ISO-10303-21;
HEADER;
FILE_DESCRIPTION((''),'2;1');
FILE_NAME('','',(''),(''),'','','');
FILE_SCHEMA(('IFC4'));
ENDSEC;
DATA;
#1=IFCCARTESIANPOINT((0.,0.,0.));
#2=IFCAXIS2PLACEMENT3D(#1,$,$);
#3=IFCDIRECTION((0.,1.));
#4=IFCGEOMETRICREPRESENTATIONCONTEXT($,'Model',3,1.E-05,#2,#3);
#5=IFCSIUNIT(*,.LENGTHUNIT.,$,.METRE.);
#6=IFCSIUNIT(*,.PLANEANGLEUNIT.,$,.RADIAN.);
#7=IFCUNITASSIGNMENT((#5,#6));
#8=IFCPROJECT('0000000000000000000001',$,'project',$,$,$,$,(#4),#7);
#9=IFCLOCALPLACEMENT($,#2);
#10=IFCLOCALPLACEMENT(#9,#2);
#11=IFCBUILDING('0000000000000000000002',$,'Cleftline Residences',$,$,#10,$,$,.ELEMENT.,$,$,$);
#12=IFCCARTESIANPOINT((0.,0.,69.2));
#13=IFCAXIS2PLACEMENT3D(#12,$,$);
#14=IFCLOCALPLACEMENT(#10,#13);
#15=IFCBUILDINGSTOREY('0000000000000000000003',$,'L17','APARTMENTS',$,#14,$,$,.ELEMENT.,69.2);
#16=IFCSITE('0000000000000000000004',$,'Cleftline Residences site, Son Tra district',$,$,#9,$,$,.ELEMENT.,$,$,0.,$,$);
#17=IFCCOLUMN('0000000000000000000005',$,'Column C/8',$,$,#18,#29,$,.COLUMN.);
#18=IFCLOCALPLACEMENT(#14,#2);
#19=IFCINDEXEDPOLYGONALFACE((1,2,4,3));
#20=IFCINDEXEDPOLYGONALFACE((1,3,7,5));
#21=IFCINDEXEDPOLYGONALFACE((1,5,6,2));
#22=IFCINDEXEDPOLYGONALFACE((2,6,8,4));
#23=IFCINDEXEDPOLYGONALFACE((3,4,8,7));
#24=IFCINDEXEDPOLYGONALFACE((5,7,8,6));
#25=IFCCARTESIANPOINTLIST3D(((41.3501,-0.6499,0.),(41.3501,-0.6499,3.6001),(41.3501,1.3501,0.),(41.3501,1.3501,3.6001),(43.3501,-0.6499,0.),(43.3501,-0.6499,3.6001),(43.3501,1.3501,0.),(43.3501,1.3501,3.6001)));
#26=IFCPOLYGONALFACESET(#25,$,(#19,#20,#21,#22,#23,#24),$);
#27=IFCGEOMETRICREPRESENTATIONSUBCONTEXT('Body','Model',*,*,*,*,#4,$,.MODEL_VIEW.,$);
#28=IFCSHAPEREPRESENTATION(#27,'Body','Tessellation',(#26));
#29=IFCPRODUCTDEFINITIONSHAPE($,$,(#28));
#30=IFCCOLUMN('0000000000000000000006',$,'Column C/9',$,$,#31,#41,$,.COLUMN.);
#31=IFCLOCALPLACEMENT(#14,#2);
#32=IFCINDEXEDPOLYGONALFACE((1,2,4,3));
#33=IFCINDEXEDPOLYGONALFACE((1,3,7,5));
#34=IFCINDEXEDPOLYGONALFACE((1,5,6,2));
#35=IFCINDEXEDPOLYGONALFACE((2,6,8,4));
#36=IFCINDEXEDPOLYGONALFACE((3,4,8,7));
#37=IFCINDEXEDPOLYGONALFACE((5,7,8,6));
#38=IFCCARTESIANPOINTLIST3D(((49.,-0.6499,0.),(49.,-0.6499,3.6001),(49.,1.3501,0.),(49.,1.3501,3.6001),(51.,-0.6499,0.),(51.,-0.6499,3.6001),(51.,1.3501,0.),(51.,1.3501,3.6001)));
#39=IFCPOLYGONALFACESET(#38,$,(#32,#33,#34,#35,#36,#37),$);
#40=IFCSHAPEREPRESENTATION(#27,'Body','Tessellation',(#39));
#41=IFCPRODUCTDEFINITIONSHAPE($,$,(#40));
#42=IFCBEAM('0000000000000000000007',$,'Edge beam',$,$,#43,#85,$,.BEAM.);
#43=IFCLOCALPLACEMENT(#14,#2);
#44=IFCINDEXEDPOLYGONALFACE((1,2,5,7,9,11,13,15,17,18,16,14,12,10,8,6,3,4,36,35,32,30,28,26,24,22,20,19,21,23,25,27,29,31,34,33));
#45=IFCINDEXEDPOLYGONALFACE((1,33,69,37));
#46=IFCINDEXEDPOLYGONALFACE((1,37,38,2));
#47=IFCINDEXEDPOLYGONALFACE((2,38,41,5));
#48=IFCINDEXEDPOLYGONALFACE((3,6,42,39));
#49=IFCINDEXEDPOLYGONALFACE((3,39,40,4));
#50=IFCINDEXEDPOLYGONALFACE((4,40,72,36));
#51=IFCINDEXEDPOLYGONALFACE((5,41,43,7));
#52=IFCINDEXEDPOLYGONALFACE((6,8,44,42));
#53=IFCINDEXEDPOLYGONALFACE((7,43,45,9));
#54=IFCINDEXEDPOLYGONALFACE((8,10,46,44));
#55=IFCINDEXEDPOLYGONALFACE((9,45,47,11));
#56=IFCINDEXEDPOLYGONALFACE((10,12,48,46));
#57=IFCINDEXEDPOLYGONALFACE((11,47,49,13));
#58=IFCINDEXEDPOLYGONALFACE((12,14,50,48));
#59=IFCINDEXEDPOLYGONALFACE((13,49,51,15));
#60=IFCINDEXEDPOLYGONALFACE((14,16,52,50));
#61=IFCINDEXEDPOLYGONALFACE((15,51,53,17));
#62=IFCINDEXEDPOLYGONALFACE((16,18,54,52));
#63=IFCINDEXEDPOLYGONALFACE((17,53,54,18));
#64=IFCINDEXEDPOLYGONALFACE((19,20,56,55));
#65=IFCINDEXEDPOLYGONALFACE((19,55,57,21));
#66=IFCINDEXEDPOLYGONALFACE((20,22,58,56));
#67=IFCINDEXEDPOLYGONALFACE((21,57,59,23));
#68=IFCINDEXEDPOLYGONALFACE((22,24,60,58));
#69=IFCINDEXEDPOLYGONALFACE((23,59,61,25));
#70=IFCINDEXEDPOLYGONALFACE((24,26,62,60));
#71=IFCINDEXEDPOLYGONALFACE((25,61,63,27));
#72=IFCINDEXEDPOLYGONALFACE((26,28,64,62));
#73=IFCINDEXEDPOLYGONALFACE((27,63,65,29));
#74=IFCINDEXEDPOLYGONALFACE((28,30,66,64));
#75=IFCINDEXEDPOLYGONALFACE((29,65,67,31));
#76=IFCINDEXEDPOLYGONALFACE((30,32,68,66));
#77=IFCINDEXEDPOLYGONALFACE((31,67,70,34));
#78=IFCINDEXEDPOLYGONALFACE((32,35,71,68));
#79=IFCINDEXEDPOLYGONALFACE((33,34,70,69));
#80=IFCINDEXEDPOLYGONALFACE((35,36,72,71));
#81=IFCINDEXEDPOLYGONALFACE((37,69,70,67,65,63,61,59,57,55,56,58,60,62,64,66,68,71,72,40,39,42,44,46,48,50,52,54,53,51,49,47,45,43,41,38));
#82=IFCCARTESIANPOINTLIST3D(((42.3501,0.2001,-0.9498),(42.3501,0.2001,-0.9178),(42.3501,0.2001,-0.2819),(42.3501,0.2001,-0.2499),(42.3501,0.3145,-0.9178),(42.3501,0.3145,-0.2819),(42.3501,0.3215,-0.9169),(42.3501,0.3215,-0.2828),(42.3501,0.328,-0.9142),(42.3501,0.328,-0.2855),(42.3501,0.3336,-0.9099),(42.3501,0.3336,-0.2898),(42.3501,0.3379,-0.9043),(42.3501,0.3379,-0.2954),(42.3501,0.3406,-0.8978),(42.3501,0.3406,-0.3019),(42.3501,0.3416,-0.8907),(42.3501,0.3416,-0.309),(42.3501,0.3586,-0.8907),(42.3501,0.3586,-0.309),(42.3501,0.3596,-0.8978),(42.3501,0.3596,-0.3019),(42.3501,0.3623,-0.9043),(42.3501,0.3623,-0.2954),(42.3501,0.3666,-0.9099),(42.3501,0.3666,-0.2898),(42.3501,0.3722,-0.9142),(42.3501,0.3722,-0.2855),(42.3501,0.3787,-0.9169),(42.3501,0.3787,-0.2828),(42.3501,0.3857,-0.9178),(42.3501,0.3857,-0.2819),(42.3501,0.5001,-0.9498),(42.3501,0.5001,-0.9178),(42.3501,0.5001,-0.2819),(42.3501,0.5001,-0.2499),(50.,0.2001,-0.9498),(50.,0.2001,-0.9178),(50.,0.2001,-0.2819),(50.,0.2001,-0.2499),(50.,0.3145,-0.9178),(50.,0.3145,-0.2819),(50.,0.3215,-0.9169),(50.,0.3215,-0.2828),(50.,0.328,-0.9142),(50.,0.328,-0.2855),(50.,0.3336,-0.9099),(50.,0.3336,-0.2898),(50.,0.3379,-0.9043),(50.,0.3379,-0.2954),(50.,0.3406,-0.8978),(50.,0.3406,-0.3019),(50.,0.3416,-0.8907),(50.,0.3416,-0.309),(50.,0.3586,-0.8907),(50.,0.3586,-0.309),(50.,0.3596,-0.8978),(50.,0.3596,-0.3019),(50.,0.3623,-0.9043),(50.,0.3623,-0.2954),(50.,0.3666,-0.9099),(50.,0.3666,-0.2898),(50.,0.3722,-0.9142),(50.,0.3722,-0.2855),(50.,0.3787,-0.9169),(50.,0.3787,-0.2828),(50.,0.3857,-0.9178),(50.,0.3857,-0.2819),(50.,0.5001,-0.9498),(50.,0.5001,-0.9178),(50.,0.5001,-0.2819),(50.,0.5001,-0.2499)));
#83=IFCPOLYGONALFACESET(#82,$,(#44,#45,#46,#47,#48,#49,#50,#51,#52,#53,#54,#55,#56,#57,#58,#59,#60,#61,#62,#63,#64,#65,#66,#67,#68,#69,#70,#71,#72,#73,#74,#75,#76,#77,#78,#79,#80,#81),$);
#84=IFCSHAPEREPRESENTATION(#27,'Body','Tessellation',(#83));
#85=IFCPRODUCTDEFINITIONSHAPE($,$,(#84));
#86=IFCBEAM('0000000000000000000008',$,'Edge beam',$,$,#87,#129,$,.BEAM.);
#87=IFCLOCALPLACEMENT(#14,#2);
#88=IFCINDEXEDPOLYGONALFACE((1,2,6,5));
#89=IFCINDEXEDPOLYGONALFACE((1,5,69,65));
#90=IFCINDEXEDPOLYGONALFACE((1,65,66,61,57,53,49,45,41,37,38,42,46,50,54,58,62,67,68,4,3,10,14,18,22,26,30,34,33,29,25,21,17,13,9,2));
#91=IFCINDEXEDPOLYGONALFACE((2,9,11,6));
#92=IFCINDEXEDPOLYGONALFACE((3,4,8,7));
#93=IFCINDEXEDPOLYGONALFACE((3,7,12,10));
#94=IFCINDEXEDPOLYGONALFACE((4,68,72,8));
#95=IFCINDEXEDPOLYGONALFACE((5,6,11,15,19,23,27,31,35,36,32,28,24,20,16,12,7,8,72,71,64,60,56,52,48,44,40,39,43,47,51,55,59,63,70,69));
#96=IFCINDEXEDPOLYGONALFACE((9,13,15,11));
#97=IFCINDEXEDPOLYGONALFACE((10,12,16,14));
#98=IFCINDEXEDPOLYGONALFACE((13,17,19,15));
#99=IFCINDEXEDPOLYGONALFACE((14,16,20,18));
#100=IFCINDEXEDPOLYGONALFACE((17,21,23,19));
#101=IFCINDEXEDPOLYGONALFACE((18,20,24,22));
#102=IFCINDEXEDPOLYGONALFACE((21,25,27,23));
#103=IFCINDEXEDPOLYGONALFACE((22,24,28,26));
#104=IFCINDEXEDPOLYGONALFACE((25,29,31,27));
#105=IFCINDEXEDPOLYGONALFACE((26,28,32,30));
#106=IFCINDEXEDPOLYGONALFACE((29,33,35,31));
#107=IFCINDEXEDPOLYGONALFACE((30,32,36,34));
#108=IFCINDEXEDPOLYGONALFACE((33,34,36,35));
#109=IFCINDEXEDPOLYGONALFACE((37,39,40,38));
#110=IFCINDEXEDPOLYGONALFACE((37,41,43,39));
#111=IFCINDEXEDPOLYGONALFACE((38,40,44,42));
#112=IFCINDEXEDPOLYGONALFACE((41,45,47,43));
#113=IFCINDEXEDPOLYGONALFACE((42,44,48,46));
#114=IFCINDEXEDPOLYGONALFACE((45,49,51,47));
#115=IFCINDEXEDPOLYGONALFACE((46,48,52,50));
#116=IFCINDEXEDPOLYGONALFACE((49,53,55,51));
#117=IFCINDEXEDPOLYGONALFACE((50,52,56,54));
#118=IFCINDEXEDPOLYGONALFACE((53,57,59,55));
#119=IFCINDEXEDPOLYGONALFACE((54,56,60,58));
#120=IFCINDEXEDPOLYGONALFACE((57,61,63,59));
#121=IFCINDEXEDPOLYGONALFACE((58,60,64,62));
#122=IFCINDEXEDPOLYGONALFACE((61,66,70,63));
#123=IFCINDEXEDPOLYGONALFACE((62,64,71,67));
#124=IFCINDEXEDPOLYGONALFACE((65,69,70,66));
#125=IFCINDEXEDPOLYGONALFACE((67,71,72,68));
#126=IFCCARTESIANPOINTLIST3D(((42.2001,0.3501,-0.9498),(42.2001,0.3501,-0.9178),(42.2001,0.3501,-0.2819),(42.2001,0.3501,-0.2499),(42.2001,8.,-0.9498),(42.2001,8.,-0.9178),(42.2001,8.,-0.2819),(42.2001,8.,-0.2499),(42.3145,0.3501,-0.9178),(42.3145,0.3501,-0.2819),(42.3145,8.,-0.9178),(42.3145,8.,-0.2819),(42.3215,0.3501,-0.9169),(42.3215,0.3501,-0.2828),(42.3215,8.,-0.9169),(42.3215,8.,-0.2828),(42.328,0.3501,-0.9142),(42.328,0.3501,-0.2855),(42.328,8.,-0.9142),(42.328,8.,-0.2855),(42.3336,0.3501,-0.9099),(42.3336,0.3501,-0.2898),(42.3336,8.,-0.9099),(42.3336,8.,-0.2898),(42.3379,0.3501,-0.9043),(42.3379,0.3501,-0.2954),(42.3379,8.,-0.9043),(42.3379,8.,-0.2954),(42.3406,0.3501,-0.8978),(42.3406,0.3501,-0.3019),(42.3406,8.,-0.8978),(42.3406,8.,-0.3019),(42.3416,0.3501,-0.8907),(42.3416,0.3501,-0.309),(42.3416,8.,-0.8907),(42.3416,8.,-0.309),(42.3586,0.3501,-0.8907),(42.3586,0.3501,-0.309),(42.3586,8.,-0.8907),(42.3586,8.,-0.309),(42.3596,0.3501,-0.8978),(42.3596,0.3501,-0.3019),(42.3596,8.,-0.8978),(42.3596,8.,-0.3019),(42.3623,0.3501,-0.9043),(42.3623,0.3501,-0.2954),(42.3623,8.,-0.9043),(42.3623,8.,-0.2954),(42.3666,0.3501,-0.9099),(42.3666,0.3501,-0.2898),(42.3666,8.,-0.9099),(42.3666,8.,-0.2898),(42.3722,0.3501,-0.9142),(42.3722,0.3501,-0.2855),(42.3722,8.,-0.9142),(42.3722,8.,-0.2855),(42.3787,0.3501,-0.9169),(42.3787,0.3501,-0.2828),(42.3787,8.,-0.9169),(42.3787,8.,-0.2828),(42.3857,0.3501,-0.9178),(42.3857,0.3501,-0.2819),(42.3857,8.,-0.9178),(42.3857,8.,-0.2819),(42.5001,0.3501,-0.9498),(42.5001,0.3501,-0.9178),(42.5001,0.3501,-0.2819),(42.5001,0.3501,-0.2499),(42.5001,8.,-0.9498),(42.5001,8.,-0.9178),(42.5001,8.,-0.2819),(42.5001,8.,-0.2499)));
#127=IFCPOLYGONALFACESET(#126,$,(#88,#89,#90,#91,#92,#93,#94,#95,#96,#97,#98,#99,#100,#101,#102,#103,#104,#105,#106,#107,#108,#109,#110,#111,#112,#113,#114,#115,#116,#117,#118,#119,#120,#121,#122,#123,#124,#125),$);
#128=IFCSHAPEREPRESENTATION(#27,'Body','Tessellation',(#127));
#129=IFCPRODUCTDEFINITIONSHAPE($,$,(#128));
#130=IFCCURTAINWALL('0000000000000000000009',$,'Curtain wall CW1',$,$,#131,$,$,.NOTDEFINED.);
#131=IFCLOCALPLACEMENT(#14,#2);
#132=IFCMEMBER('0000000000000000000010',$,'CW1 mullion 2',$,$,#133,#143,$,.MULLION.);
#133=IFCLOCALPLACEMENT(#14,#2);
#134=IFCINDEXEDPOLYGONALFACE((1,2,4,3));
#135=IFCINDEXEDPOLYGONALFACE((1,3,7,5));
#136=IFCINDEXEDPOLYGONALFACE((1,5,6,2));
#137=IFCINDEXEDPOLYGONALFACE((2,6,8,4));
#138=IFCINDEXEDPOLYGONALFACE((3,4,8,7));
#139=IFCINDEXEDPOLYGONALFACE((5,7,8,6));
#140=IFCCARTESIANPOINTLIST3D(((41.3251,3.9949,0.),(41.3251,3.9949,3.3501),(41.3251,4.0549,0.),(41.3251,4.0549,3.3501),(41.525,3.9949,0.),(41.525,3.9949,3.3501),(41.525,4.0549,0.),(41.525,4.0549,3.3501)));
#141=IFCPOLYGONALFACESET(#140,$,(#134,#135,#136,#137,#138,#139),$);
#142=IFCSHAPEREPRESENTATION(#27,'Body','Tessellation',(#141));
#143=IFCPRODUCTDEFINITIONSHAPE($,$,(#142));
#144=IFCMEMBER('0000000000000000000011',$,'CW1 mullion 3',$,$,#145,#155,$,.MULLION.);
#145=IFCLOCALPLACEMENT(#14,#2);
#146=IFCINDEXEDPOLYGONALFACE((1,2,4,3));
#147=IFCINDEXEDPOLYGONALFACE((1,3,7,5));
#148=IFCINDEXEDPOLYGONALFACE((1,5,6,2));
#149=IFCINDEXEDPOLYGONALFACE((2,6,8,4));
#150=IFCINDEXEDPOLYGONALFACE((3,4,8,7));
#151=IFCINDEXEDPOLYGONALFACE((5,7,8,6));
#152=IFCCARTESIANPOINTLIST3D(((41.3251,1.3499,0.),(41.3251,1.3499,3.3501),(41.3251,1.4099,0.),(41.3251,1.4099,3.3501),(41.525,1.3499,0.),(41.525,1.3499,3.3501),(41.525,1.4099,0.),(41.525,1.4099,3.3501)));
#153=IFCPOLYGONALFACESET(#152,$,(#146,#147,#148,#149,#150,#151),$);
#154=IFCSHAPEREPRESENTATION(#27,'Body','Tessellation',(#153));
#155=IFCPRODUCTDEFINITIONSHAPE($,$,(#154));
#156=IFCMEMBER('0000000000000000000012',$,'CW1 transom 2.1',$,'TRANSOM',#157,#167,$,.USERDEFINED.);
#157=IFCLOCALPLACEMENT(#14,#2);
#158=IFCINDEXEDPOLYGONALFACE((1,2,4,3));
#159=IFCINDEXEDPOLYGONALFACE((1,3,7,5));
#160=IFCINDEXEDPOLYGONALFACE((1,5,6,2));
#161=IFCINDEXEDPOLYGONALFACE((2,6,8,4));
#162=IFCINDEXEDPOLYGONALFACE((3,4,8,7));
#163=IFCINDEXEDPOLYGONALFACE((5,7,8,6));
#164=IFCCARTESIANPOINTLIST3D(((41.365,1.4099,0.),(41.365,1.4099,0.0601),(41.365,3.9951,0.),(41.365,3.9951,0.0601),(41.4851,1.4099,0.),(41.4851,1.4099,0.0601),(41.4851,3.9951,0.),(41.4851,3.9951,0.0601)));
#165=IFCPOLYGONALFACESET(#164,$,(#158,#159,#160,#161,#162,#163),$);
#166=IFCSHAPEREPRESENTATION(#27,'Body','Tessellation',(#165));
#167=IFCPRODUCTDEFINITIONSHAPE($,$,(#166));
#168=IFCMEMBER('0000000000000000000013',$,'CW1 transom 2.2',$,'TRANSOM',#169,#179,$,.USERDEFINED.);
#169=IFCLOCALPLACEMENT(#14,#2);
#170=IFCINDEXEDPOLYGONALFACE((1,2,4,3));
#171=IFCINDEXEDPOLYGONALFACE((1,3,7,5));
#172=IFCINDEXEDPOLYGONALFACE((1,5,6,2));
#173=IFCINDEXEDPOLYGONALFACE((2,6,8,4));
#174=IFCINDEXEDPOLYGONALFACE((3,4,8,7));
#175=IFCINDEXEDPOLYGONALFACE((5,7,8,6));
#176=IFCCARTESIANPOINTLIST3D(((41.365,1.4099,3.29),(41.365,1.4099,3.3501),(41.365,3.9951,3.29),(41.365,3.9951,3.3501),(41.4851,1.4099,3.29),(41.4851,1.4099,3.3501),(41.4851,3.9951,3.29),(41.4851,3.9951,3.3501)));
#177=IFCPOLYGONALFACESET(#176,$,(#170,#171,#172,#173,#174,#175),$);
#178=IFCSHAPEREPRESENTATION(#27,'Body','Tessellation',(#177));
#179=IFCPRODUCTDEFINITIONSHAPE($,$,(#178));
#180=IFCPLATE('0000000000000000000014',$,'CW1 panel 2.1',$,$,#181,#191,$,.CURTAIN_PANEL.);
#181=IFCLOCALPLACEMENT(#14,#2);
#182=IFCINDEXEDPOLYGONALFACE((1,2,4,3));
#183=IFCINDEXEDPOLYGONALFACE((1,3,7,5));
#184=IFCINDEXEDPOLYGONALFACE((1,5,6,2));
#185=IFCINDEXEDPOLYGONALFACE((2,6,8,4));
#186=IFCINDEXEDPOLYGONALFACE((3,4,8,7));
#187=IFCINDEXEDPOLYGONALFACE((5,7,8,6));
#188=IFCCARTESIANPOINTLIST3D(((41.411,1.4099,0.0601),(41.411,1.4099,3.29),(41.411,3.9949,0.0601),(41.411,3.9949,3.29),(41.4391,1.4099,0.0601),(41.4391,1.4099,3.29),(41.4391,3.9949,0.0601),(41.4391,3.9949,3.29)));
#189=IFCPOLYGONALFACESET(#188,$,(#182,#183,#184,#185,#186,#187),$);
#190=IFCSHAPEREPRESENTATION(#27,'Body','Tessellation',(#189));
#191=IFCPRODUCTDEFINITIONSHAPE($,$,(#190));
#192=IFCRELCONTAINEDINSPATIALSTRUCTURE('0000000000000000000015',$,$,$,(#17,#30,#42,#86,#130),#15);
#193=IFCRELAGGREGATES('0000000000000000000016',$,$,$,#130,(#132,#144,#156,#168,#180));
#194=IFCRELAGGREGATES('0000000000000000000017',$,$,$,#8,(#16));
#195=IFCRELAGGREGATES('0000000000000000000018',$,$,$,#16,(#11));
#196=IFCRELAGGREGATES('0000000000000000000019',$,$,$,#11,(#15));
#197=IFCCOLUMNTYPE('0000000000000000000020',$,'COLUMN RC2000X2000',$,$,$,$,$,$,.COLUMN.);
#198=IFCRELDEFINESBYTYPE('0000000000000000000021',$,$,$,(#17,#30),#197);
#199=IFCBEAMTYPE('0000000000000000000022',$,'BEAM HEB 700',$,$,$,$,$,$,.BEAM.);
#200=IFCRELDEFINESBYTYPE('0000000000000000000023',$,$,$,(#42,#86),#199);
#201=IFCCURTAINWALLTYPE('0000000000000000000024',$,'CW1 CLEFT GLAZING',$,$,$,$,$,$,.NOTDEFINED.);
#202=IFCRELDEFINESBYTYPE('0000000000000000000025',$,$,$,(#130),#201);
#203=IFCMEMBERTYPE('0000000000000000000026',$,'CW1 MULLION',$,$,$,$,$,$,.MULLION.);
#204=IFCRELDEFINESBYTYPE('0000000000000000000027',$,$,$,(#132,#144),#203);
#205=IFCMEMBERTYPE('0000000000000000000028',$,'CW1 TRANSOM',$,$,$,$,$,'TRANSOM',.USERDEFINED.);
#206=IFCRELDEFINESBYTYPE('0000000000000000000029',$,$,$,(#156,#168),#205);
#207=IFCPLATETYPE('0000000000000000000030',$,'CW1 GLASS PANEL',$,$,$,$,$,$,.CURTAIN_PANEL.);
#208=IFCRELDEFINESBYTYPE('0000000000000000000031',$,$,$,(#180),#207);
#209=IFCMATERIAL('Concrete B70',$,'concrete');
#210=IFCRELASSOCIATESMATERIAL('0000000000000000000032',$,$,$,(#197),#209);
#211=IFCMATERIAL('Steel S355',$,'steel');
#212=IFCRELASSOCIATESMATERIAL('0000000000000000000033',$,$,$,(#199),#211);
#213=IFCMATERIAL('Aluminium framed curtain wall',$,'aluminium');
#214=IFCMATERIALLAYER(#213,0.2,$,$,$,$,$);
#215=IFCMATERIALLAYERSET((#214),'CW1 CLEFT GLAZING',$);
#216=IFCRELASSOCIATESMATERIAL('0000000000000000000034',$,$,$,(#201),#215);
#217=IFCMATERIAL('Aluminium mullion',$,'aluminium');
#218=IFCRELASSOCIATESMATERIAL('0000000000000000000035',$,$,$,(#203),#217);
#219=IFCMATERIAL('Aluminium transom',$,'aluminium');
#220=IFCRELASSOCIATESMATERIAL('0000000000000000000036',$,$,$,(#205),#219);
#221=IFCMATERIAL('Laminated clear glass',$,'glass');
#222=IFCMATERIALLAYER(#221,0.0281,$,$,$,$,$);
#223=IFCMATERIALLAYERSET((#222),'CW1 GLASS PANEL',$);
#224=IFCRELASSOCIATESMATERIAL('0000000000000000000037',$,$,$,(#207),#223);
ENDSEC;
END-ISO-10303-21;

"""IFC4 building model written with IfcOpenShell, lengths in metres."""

from ifc_helpers import new_model, si_unit, direction, frame, origin, origin_2d, place, context, subcontext, project, spatial, rectangle, i_section, extrude, material, layer, layer_set, material_profile, profile_set, type_object, element, aggregate, save


model = new_model("IFC4")

# Units and contexts
model_context = context("Model", 3, precision=1e-05, world=origin(), true_north=direction((0.0, 1.0)))
body_context = subcontext(model_context, "Body", "Model", "MODEL_VIEW")
ifc_project = project(units=[si_unit("LENGTHUNIT", "METRE"), si_unit("PLANEANGLEUNIT", "RADIAN")], contexts=[model_context])

# Site, building, storey
site_placement = place(None, origin())
site = spatial("IfcSite", under=ifc_project, at=site_placement, Name="Cleftline Residences site, Son Tra district", CompositionType="ELEMENT", RefElevation=0.0)
building_placement = place(site_placement, origin())
building = spatial("IfcBuilding", under=site, at=building_placement, Name="Cleftline Residences", CompositionType="ELEMENT")
storey_placement = place(building_placement, frame((0.0, 0.0, 69.2)))
storey = spatial("IfcBuildingStorey", under=building, at=storey_placement, Name="L17", Description="APARTMENTS", CompositionType="ELEMENT", Elevation=69.2)

# Columns
ifc_material_1 = material(Name="Concrete B70", Category="concrete")
ifc_material_profile_1 = material_profile(ifc_material_1, rectangle(XDim=2.0, YDim=2.0, at=origin_2d()))
ifc_profile_set_1 = profile_set([ifc_material_profile_1], Name="Concrete B70")
column_type = type_object("IfcColumnType", Name="COLUMN RC2000X2000", PredefinedType="COLUMN", material=ifc_profile_set_1)
for number, where, z_axis, x_axis, name in (
    (1, (42.3501, 0.3501, 0.0), (0.0, 0.0, 1.0), (1.0, 0.0, 0.0), "Column C/8"),
    (2, (50.0, 0.3501, 0.0), (0.0, 0.0, 1.0), (1.0, 0.0, 0.0), "Column C/9"),
):
    element("IfcColumn", number, at=place(storey_placement, frame(where, z_axis=z_axis, x_axis=x_axis)), inside=storey, type_object=column_type, Name=name, PredefinedType="COLUMN", context=body_context, shape_type="SweptSolid", body=[
        extrude(rectangle(XDim=2.0, YDim=2.0, at=origin_2d()), origin(), (0.0, 0.0, 1.0), 3.6001),
    ])

# Beams
ifc_material_2 = material(Name="Steel S355", Category="steel")
ifc_material_profile_2 = material_profile(ifc_material_2, i_section(OverallWidth=0.3, OverallDepth=0.7, WebThickness=0.0171, FlangeThickness=0.032, FilletRadius=0.0271, at=origin_2d()))
ifc_profile_set_2 = profile_set([ifc_material_profile_2], Name="Steel S355")
beam_type = type_object("IfcBeamType", Name="BEAM HEB 700", PredefinedType="BEAM", material=ifc_profile_set_2)
for number, where, z_axis, x_axis, name in (
    (3, (50.0, 0.3501, -0.5999), (-1.0, 0.0, 0.0), (0.0, -1.0, 0.0), "Edge beam"),
    (4, (42.3501, 0.3501, -0.5999), (0.0, 1.0, 0.0), (-1.0, 0.0, 0.0), "Edge beam"),
):
    element("IfcBeam", number, at=place(storey_placement, frame(where, z_axis=z_axis, x_axis=x_axis)), inside=storey, type_object=beam_type, Name=name, PredefinedType="BEAM", context=body_context, shape_type="SweptSolid", body=[
        extrude(i_section(OverallWidth=0.3, OverallDepth=0.7, WebThickness=0.0171, FlangeThickness=0.032, FilletRadius=0.0271, at=origin_2d()), origin(), (0.0, 0.0, 1.0), 7.6499),
    ])

# Curtain wall, members, plate
ifc_material_3 = material(Name="Aluminium framed curtain wall", Category="aluminium")
ifc_layer_1 = layer(ifc_material_3, 0.2)
ifc_layer_set_1 = layer_set([ifc_layer_1], Name="CW1 CLEFT GLAZING")
curtain_wall_type = type_object("IfcCurtainWallType", Name="CW1 CLEFT GLAZING", PredefinedType="NOTDEFINED", material=ifc_layer_set_1)
curtain_wall_placement = place(storey_placement, origin())
curtain_wall = element("IfcCurtainWall", 5, at=curtain_wall_placement, inside=storey, type_object=curtain_wall_type, Name="Curtain wall CW1", PredefinedType="NOTDEFINED")
ifc_material_4 = material(Name="Aluminium mullion", Category="aluminium")
ifc_material_profile_3 = material_profile(ifc_material_4, rectangle(XDim=0.2, YDim=0.0601, at=origin_2d()))
ifc_profile_set_3 = profile_set([ifc_material_profile_3], Name="Aluminium mullion")
member_type_1 = type_object("IfcMemberType", Name="CW1 MULLION", PredefinedType="MULLION", material=ifc_profile_set_3)
member_1_placement = place(storey_placement, frame((41.425, 4.0249, 0.0), z_axis=(0.0, 0.0, 1.0), x_axis=(1.0, 0.0, 0.0)))
member_1 = element("IfcMember", 6, at=member_1_placement, type_object=member_type_1, Name="CW1 mullion 2", PredefinedType="MULLION", context=body_context, shape_type="SweptSolid", body=[
    extrude(rectangle(XDim=0.2, YDim=0.0601, at=origin_2d()), origin(), (0.0, 0.0, 1.0), 3.3501),
])
member_2_placement = place(storey_placement, frame((41.425, 1.3799, 0.0), z_axis=(0.0, 0.0, 1.0), x_axis=(1.0, 0.0, 0.0)))
member_2 = element("IfcMember", 7, at=member_2_placement, type_object=member_type_1, Name="CW1 mullion 3", PredefinedType="MULLION", context=body_context, shape_type="SweptSolid", body=[
    extrude(rectangle(XDim=0.2, YDim=0.0601, at=origin_2d()), origin(), (0.0, 0.0, 1.0), 3.3501),
])
ifc_material_5 = material(Name="Aluminium transom", Category="aluminium")
ifc_material_profile_4 = material_profile(ifc_material_5, rectangle(XDim=0.1201, YDim=0.0601, at=origin_2d()))
ifc_profile_set_4 = profile_set([ifc_material_profile_4], Name="Aluminium transom")
member_type_2 = type_object("IfcMemberType", Name="CW1 TRANSOM", ElementType="TRANSOM", PredefinedType="USERDEFINED", material=ifc_profile_set_4)
member_3_placement = place(storey_placement, frame((41.425, 3.9951, 0.03), z_axis=(0.0, -1.0, 0.0), x_axis=(1.0, 0.0, 0.0)))
member_3 = element("IfcMember", 8, at=member_3_placement, type_object=member_type_2, Name="CW1 transom 2.1", ObjectType="TRANSOM", PredefinedType="USERDEFINED", context=body_context, shape_type="SweptSolid", body=[
    extrude(rectangle(XDim=0.1201, YDim=0.0601, at=origin_2d()), origin(), (0.0, 0.0, 1.0), 2.5852),
])
member_4_placement = place(storey_placement, frame((41.425, 3.9951, 3.3201), z_axis=(0.0, -1.0, 0.0), x_axis=(1.0, 0.0, 0.0)))
member_4 = element("IfcMember", 9, at=member_4_placement, type_object=member_type_2, Name="CW1 transom 2.2", ObjectType="TRANSOM", PredefinedType="USERDEFINED", context=body_context, shape_type="SweptSolid", body=[
    extrude(rectangle(XDim=0.1201, YDim=0.0601, at=origin_2d()), origin(), (0.0, 0.0, 1.0), 2.5852),
])
ifc_material_6 = material(Name="Laminated clear glass", Category="glass")
ifc_layer_2 = layer(ifc_material_6, 0.0281)
ifc_layer_set_2 = layer_set([ifc_layer_2], Name="CW1 GLASS PANEL")
plate_type = type_object("IfcPlateType", Name="CW1 GLASS PANEL", PredefinedType="CURTAIN_PANEL", material=ifc_layer_set_2)
plate_placement = place(storey_placement, frame((41.425, 2.7024, 0.0601), z_axis=(0.0, 0.0, 1.0), x_axis=(0.0, -1.0, 0.0)))
plate = element("IfcPlate", 10, at=plate_placement, type_object=plate_type, Name="CW1 panel 2.1", PredefinedType="CURTAIN_PANEL", context=body_context, shape_type="SweptSolid", body=[
    extrude(rectangle(XDim=2.585, YDim=0.0281, at=origin_2d()), origin(), (0.0, 0.0, 1.0), 3.23),
])
aggregate(curtain_wall, [member_1, member_2, member_3, member_4, plate])

save(model, "model.ifc")
